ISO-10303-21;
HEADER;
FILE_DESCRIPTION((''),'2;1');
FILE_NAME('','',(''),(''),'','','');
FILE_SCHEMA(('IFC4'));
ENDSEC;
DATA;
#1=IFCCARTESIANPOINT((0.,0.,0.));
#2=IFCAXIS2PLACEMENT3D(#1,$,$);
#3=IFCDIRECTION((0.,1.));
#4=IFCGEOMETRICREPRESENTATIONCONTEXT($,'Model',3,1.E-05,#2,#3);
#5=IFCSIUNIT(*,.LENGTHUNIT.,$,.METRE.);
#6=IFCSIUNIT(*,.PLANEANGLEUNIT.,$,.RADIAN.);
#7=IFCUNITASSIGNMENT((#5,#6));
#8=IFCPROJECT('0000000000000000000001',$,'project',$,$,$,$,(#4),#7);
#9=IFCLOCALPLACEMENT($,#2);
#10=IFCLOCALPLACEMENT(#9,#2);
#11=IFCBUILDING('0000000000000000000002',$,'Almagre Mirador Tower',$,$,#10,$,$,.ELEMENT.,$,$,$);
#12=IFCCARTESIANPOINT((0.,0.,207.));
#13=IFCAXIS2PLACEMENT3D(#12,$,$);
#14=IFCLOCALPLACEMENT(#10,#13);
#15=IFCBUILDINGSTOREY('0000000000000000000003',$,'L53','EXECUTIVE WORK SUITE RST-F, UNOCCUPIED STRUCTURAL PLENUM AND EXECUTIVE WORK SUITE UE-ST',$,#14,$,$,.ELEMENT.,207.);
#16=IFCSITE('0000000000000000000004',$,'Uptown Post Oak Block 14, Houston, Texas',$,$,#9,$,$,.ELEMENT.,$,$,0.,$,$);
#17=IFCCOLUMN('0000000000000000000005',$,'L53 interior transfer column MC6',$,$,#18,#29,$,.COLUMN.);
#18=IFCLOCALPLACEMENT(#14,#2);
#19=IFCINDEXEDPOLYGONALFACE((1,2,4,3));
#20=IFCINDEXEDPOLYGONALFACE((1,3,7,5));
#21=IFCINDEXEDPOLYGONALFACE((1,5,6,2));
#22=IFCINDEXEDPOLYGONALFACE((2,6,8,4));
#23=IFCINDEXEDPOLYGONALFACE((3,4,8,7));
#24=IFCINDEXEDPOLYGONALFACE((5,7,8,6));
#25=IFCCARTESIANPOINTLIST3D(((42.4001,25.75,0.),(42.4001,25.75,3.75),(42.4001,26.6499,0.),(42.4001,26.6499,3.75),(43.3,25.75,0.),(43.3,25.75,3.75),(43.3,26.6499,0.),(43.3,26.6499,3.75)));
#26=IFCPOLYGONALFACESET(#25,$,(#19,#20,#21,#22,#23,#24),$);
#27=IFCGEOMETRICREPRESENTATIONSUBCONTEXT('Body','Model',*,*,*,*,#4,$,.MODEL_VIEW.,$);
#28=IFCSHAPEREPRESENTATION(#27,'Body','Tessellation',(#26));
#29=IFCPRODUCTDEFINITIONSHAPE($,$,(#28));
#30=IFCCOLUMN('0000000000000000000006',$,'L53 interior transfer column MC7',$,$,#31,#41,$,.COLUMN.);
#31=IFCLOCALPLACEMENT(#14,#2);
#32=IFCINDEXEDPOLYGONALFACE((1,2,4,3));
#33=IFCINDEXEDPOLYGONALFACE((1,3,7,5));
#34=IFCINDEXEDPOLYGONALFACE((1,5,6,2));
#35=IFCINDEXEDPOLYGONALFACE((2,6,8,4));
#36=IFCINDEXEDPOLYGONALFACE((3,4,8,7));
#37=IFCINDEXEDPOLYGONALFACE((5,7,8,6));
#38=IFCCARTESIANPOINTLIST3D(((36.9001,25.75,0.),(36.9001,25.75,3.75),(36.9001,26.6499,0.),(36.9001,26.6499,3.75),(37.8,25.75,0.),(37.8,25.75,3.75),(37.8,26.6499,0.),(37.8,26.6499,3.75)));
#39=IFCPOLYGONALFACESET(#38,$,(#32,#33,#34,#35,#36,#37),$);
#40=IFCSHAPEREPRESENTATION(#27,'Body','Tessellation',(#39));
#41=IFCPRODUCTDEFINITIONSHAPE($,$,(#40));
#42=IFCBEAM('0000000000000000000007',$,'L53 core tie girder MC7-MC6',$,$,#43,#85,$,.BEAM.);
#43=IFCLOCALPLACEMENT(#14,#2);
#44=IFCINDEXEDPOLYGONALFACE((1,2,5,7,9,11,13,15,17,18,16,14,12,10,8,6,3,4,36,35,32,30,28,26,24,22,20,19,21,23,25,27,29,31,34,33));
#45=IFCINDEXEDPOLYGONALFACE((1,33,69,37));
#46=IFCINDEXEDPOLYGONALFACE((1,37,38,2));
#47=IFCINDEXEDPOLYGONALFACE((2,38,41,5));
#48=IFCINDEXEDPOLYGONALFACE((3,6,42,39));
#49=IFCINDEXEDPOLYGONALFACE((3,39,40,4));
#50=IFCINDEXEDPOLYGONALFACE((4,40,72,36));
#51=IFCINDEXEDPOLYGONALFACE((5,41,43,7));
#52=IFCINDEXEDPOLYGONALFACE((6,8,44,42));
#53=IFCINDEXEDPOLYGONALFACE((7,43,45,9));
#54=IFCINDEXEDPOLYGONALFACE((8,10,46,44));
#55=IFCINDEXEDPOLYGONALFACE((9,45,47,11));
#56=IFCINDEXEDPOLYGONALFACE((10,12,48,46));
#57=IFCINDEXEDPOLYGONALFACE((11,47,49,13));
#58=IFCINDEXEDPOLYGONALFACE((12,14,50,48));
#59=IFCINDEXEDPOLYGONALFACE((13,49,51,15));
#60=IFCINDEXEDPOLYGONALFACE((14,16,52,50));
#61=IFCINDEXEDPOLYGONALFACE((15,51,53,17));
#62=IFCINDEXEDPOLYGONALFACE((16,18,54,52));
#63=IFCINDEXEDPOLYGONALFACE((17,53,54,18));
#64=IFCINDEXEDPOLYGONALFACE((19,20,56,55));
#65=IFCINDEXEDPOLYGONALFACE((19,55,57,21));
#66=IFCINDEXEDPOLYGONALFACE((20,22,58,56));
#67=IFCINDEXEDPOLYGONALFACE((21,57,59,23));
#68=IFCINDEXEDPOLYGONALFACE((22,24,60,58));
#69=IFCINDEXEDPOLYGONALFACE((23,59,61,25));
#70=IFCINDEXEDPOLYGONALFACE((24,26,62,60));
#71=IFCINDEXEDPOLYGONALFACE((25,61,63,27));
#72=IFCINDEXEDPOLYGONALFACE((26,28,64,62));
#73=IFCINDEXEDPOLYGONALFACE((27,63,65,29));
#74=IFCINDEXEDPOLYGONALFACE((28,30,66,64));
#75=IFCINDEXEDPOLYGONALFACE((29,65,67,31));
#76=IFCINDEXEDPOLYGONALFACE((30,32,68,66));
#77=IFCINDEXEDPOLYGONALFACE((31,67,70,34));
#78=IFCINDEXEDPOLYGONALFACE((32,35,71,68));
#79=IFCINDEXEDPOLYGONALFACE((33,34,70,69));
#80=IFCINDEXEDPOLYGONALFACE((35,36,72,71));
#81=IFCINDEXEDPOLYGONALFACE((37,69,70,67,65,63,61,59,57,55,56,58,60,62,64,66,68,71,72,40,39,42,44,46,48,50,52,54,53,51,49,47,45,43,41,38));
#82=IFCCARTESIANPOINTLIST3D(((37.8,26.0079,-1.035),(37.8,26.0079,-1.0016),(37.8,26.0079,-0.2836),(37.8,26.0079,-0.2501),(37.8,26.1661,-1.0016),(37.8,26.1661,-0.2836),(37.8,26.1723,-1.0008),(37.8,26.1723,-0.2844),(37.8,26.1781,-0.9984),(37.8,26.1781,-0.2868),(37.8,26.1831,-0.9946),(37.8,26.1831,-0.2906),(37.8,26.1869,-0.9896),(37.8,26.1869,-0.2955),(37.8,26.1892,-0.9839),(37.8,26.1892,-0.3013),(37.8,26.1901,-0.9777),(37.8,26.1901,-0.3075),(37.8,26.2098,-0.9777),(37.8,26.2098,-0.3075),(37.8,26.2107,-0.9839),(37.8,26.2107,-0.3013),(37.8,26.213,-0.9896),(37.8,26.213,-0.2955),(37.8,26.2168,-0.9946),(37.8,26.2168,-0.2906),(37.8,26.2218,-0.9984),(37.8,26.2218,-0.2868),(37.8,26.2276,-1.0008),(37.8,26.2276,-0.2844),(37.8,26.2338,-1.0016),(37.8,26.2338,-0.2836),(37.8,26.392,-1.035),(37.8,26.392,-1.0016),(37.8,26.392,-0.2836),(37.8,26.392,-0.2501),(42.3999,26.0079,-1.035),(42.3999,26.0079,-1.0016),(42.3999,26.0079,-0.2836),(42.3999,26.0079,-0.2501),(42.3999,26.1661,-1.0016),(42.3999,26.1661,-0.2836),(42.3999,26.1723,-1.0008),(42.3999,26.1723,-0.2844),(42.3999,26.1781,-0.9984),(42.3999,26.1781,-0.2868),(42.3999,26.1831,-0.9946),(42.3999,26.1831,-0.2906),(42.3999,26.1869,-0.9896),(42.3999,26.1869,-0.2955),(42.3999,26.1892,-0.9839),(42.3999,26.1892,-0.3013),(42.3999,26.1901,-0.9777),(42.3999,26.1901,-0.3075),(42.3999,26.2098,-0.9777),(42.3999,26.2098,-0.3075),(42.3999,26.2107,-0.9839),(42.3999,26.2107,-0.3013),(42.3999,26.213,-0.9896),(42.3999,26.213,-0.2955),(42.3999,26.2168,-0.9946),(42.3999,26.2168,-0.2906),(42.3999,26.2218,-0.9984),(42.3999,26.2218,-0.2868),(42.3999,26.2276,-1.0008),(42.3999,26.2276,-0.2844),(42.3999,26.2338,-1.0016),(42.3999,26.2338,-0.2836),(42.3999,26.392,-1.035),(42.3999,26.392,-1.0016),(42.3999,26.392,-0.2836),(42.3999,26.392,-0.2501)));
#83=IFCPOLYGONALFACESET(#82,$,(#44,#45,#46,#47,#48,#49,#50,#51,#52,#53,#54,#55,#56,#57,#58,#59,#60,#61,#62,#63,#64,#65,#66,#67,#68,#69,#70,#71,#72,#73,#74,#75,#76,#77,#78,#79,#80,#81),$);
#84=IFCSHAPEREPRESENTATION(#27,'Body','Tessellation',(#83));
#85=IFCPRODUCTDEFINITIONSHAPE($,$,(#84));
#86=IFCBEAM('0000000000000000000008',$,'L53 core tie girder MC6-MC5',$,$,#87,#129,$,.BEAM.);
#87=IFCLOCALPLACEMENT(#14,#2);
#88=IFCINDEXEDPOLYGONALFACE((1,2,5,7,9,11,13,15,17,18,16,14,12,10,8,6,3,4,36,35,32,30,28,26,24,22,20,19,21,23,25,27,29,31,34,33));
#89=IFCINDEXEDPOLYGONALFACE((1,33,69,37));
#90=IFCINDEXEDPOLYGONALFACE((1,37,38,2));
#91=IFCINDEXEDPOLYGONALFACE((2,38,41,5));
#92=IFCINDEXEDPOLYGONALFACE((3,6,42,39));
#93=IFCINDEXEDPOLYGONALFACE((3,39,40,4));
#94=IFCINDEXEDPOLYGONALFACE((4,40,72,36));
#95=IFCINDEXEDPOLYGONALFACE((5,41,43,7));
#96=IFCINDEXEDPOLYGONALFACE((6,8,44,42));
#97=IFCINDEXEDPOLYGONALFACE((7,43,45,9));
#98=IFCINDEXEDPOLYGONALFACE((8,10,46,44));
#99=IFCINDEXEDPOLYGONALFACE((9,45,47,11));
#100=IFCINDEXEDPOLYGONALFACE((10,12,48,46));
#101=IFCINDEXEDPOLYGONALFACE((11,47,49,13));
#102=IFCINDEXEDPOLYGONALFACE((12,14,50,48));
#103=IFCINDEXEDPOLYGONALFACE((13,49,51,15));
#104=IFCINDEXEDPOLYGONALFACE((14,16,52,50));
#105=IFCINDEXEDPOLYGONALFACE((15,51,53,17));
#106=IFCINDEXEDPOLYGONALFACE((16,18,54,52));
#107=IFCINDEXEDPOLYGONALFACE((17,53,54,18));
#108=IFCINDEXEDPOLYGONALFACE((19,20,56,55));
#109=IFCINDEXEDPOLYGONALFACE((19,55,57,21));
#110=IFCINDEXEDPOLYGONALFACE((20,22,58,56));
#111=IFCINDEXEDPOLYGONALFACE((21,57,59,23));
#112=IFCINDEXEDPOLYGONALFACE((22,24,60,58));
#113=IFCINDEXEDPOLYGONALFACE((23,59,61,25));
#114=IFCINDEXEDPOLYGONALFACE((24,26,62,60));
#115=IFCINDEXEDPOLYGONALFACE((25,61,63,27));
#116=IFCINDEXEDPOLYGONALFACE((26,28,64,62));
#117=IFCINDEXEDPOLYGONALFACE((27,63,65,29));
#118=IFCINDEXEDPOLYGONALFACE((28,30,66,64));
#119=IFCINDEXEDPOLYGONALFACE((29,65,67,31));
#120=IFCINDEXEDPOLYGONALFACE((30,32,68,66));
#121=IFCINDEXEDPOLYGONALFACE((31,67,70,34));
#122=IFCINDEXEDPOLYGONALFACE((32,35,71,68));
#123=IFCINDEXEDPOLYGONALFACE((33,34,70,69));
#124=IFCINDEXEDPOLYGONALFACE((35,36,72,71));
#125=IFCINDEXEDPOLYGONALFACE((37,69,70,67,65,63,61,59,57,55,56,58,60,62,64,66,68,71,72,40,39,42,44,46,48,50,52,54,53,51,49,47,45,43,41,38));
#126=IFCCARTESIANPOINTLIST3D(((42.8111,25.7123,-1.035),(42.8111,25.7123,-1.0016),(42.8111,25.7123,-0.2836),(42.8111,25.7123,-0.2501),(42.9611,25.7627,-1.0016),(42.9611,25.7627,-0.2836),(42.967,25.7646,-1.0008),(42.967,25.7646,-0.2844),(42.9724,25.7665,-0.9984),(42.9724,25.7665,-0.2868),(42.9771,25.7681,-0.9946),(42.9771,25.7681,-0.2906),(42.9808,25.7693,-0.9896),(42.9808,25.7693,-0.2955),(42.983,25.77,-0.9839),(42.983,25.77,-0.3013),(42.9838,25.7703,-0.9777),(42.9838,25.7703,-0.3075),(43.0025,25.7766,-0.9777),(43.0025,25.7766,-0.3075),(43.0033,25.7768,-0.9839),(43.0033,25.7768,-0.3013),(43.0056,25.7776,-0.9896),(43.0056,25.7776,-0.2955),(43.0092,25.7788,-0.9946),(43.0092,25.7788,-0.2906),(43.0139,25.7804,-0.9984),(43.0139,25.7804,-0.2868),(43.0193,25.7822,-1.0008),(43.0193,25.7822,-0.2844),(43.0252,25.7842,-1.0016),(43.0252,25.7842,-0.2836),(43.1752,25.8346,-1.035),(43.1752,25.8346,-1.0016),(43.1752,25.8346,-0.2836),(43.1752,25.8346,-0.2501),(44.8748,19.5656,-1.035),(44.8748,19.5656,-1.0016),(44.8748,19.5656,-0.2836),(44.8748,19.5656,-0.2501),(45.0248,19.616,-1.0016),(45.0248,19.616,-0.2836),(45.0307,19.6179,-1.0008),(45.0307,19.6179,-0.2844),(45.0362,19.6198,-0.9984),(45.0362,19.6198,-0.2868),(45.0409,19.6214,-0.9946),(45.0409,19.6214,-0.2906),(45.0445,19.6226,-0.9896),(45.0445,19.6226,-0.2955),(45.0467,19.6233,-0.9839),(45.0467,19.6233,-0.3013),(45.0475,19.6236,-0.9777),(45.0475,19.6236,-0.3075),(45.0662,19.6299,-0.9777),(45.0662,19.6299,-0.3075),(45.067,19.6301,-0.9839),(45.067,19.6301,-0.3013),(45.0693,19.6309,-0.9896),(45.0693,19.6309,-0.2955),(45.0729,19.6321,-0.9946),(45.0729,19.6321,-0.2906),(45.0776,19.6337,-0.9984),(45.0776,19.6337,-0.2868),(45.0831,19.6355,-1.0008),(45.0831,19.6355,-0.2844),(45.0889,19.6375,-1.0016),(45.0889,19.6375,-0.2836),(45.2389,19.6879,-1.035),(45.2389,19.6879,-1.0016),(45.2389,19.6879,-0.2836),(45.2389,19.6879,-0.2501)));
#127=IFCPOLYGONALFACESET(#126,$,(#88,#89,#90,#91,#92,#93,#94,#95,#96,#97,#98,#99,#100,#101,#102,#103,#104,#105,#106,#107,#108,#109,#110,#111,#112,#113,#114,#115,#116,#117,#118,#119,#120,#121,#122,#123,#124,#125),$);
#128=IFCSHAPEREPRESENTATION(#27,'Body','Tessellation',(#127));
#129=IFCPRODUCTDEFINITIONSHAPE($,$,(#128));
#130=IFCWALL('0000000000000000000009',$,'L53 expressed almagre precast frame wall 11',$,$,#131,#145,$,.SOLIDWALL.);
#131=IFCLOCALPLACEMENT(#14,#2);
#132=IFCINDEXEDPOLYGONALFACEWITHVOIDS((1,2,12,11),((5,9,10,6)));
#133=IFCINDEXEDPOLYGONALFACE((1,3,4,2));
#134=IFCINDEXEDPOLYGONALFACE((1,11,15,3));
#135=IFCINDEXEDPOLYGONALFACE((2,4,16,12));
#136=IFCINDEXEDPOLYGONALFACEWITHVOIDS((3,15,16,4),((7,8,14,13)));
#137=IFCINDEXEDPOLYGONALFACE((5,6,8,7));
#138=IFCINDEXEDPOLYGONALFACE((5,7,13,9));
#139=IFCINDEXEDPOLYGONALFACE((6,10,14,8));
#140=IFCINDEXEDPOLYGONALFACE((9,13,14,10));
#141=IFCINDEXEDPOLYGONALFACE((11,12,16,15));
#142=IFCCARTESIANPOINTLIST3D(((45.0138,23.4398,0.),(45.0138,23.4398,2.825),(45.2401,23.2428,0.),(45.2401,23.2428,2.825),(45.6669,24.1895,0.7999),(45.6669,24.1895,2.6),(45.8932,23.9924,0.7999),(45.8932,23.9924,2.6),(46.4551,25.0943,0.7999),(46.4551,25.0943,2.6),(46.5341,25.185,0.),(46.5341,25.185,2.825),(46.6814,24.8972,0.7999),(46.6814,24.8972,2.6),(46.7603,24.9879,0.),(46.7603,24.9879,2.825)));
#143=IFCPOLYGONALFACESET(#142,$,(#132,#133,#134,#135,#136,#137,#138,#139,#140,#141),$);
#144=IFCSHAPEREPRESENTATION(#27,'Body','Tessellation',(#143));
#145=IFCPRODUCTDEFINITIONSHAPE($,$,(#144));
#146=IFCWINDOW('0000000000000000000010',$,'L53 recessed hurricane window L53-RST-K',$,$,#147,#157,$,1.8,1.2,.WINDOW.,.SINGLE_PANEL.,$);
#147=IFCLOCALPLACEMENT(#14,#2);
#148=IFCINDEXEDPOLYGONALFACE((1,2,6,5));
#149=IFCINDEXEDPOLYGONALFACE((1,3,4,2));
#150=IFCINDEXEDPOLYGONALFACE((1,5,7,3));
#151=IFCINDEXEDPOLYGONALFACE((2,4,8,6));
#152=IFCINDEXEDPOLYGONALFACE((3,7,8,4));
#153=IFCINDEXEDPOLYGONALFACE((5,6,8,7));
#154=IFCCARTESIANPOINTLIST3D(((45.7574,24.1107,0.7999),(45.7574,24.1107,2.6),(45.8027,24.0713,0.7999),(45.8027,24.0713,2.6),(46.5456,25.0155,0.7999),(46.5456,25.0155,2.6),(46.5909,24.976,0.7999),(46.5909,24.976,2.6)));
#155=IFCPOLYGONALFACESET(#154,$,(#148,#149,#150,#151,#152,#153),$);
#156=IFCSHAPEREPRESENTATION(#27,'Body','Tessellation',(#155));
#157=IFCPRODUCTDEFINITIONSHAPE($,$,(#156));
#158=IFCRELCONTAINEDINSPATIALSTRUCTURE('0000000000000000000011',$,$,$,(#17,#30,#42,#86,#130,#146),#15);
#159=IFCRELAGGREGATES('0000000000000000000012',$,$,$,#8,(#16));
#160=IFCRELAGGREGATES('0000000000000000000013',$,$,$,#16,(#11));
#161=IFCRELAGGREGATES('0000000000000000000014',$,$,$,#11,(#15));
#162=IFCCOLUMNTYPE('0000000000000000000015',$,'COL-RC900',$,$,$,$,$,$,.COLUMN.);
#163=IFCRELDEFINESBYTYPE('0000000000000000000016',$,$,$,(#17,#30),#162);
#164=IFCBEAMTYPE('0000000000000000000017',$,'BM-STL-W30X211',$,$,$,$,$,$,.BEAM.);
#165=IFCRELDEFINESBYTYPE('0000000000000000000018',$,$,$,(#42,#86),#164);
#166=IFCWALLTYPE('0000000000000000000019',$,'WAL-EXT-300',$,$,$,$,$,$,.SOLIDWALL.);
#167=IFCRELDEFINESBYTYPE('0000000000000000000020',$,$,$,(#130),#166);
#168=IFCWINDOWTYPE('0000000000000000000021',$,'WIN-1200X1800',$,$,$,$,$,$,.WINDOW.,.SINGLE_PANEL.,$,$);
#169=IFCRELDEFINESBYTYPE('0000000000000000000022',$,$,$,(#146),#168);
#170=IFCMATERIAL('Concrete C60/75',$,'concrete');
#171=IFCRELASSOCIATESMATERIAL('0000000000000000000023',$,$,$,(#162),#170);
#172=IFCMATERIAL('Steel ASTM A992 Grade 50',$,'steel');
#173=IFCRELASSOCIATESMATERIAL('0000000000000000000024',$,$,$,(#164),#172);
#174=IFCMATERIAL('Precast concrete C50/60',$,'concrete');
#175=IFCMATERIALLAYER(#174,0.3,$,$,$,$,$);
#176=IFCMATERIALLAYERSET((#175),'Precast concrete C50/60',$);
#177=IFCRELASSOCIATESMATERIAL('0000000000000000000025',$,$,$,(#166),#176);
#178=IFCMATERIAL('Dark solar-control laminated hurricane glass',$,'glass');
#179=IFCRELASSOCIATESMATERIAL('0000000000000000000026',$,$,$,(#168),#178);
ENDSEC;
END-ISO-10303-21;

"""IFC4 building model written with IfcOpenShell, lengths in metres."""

from ifc_helpers import new_model, si_unit, direction, frame, frame_2d, origin, origin_2d, place, context, subcontext, project, spatial, rectangle, i_section, extrude, material, layer, layer_set, material_profile, profile_set, type_object, element, fill, save


model = new_model("IFC4")

# Units and contexts
model_context = context("Model", 3, precision=1e-05, world=origin(), true_north=direction((0.0, 1.0)))
body_context = subcontext(model_context, "Body", "Model", "MODEL_VIEW")
ifc_project = project(units=[si_unit("LENGTHUNIT", "METRE"), si_unit("PLANEANGLEUNIT", "RADIAN")], contexts=[model_context])

# Site, building, storey
site_placement = place(None, origin())
site = spatial("IfcSite", under=ifc_project, at=site_placement, Name="Uptown Post Oak Block 14, Houston, Texas", CompositionType="ELEMENT", RefElevation=0.0)
building_placement = place(site_placement, origin())
building = spatial("IfcBuilding", under=site, at=building_placement, Name="Almagre Mirador Tower", CompositionType="ELEMENT")
storey_placement = place(building_placement, frame((0.0, 0.0, 207.0)))
storey = spatial("IfcBuildingStorey", under=building, at=storey_placement, Name="L53", Description="EXECUTIVE WORK SUITE RST-F, UNOCCUPIED STRUCTURAL PLENUM AND EXECUTIVE WORK SUITE UE-ST", CompositionType="ELEMENT", Elevation=207.0)

# Columns
ifc_material_1 = material(Name="Concrete C60/75", Category="concrete")
ifc_material_profile_1 = material_profile(ifc_material_1, rectangle(XDim=0.8999, YDim=0.8999, at=origin_2d()), Name="RC900X900")
ifc_profile_set_1 = profile_set([ifc_material_profile_1], Name="Concrete C60/75")
column_type = type_object("IfcColumnType", Name="COL-RC900", PredefinedType="COLUMN", material=ifc_profile_set_1)
for number, where, z_axis, x_axis, name in (
    (1, (42.8501, 26.2, 0.0), (0.0, 0.0, 1.0), (1.0, 0.0, 0.0), "L53 interior transfer column MC6"),
    (2, (37.3501, 26.2, 0.0), (0.0, 0.0, 1.0), (1.0, 0.0, 0.0), "L53 interior transfer column MC7"),
):
    element("IfcColumn", number, at=place(storey_placement, frame(where, z_axis=z_axis, x_axis=x_axis)), inside=storey, type_object=column_type, Name=name, PredefinedType="COLUMN", context=body_context, shape_type="SweptSolid", body=[
        extrude(rectangle(XDim=0.8999, YDim=0.8999, at=origin_2d()), origin(), (0.0, 0.0, 1.0), 3.75),
    ])

# Beams
ifc_material_2 = material(Name="Steel ASTM A992 Grade 50", Category="steel")
ifc_material_profile_2 = material_profile(ifc_material_2, i_section(OverallWidth=0.384, OverallDepth=0.7849, WebThickness=0.0198, FlangeThickness=0.0334, FilletRadius=0.0239, at=origin_2d()), Name="W30X211")
ifc_profile_set_2 = profile_set([ifc_material_profile_2], Name="Steel ASTM A992 Grade 50")
beam_type = type_object("IfcBeamType", Name="BM-STL-W30X211", PredefinedType="BEAM", material=ifc_profile_set_2)
beam_1_placement = place(storey_placement, frame((37.8, 26.2, -0.6426), z_axis=(1.0, 0.0, 0.0), x_axis=(0.0, 1.0, 0.0)))
element("IfcBeam", 3, at=beam_1_placement, inside=storey, type_object=beam_type, Name="L53 core tie girder MC7-MC6", PredefinedType="BEAM", context=body_context, shape_type="SweptSolid", body=[
    extrude(i_section(OverallWidth=0.384, OverallDepth=0.7849, WebThickness=0.0198, FlangeThickness=0.0334, FilletRadius=0.0239, at=origin_2d()), origin(), (0.0, 0.0, 1.0), 4.5999),
])
beam_2_placement = place(storey_placement, frame((42.9932, 25.7734, -0.6426), z_axis=(0.318283, -0.947996, 0.0), x_axis=(0.947996, 0.318283, 0.0)))
element("IfcBeam", 4, at=beam_2_placement, inside=storey, type_object=beam_type, Name="L53 core tie girder MC6-MC5", PredefinedType="BEAM", context=body_context, shape_type="SweptSolid", body=[
    extrude(i_section(OverallWidth=0.384, OverallDepth=0.7849, WebThickness=0.0198, FlangeThickness=0.0334, FilletRadius=0.0239, at=origin_2d()), origin(), (0.0, 0.0, 1.0), 6.4839),
])

# Wall, opening, window
ifc_material_3 = material(Name="Precast concrete C50/60", Category="concrete")
ifc_layer_1 = layer(ifc_material_3, 0.3)
ifc_layer_set_1 = layer_set([ifc_layer_1], Name="Precast concrete C50/60")
wall_type_1 = type_object("IfcWallType", Name="WAL-EXT-300", PredefinedType="SOLIDWALL", material=ifc_layer_set_1)
wall_1_placement = place(storey_placement, frame((46.6472, 25.0864, 0.0), z_axis=(0.0, 0.0, 1.0), x_axis=(-0.65686, -0.754012, 0.0)))
wall_1 = element("IfcWall", 5, at=wall_1_placement, inside=storey, type_object=wall_type_1, Name="L53 expressed almagre precast frame wall 11", PredefinedType="SOLIDWALL", context=body_context, shape_type="SweptSolid", body=[
    extrude(rectangle(XDim=2.3145, YDim=0.3, at=frame_2d((1.1572, 0.0))), origin(), (0.0, 0.0, 1.0), 2.825),
])
opening_1_placement = place(wall_1_placement, frame((0.1201, 0.0, 0.8)))
opening_1 = element("IfcOpeningElement", 6, at=opening_1_placement, cuts=wall_1, PredefinedType="OPENING", context=body_context, shape_type="SweptSolid", body=[
    extrude(rectangle(XDim=1.2, YDim=1.8, at=frame_2d((0.6001, 0.8999))), frame((0.0, 0.1599, 0.0), z_axis=(0.0, -1.0, 0.0), x_axis=(1.0, 0.0, 0.0)), (0.0, 0.0, 1.0), 0.32),
])
ifc_material_4 = material(Name="Dark solar-control laminated hurricane glass", Category="glass")
window_type = type_object("IfcWindowType", Name="WIN-1200X1800", PartitioningType="SINGLE_PANEL", PredefinedType="WINDOW", material=ifc_material_4)
window_placement = place(opening_1_placement, origin())
window = element("IfcWindow", 7, at=window_placement, inside=storey, type_object=window_type, Name="L53 recessed hurricane window L53-RST-K", OverallHeight=1.8, OverallWidth=1.2, PartitioningType="SINGLE_PANEL", PredefinedType="WINDOW", context=body_context, shape_type="SweptSolid", body=[
    extrude(rectangle(XDim=1.2, YDim=1.8, at=frame_2d((0.6001, 0.8999))), frame((0.0, 0.03, 0.0), z_axis=(0.0, -1.0, 0.0), x_axis=(1.0, 0.0, 0.0)), (0.0, 0.0, 1.0), 0.0601),
])
fill(opening_1, window)

save(model, "model.ifc")
